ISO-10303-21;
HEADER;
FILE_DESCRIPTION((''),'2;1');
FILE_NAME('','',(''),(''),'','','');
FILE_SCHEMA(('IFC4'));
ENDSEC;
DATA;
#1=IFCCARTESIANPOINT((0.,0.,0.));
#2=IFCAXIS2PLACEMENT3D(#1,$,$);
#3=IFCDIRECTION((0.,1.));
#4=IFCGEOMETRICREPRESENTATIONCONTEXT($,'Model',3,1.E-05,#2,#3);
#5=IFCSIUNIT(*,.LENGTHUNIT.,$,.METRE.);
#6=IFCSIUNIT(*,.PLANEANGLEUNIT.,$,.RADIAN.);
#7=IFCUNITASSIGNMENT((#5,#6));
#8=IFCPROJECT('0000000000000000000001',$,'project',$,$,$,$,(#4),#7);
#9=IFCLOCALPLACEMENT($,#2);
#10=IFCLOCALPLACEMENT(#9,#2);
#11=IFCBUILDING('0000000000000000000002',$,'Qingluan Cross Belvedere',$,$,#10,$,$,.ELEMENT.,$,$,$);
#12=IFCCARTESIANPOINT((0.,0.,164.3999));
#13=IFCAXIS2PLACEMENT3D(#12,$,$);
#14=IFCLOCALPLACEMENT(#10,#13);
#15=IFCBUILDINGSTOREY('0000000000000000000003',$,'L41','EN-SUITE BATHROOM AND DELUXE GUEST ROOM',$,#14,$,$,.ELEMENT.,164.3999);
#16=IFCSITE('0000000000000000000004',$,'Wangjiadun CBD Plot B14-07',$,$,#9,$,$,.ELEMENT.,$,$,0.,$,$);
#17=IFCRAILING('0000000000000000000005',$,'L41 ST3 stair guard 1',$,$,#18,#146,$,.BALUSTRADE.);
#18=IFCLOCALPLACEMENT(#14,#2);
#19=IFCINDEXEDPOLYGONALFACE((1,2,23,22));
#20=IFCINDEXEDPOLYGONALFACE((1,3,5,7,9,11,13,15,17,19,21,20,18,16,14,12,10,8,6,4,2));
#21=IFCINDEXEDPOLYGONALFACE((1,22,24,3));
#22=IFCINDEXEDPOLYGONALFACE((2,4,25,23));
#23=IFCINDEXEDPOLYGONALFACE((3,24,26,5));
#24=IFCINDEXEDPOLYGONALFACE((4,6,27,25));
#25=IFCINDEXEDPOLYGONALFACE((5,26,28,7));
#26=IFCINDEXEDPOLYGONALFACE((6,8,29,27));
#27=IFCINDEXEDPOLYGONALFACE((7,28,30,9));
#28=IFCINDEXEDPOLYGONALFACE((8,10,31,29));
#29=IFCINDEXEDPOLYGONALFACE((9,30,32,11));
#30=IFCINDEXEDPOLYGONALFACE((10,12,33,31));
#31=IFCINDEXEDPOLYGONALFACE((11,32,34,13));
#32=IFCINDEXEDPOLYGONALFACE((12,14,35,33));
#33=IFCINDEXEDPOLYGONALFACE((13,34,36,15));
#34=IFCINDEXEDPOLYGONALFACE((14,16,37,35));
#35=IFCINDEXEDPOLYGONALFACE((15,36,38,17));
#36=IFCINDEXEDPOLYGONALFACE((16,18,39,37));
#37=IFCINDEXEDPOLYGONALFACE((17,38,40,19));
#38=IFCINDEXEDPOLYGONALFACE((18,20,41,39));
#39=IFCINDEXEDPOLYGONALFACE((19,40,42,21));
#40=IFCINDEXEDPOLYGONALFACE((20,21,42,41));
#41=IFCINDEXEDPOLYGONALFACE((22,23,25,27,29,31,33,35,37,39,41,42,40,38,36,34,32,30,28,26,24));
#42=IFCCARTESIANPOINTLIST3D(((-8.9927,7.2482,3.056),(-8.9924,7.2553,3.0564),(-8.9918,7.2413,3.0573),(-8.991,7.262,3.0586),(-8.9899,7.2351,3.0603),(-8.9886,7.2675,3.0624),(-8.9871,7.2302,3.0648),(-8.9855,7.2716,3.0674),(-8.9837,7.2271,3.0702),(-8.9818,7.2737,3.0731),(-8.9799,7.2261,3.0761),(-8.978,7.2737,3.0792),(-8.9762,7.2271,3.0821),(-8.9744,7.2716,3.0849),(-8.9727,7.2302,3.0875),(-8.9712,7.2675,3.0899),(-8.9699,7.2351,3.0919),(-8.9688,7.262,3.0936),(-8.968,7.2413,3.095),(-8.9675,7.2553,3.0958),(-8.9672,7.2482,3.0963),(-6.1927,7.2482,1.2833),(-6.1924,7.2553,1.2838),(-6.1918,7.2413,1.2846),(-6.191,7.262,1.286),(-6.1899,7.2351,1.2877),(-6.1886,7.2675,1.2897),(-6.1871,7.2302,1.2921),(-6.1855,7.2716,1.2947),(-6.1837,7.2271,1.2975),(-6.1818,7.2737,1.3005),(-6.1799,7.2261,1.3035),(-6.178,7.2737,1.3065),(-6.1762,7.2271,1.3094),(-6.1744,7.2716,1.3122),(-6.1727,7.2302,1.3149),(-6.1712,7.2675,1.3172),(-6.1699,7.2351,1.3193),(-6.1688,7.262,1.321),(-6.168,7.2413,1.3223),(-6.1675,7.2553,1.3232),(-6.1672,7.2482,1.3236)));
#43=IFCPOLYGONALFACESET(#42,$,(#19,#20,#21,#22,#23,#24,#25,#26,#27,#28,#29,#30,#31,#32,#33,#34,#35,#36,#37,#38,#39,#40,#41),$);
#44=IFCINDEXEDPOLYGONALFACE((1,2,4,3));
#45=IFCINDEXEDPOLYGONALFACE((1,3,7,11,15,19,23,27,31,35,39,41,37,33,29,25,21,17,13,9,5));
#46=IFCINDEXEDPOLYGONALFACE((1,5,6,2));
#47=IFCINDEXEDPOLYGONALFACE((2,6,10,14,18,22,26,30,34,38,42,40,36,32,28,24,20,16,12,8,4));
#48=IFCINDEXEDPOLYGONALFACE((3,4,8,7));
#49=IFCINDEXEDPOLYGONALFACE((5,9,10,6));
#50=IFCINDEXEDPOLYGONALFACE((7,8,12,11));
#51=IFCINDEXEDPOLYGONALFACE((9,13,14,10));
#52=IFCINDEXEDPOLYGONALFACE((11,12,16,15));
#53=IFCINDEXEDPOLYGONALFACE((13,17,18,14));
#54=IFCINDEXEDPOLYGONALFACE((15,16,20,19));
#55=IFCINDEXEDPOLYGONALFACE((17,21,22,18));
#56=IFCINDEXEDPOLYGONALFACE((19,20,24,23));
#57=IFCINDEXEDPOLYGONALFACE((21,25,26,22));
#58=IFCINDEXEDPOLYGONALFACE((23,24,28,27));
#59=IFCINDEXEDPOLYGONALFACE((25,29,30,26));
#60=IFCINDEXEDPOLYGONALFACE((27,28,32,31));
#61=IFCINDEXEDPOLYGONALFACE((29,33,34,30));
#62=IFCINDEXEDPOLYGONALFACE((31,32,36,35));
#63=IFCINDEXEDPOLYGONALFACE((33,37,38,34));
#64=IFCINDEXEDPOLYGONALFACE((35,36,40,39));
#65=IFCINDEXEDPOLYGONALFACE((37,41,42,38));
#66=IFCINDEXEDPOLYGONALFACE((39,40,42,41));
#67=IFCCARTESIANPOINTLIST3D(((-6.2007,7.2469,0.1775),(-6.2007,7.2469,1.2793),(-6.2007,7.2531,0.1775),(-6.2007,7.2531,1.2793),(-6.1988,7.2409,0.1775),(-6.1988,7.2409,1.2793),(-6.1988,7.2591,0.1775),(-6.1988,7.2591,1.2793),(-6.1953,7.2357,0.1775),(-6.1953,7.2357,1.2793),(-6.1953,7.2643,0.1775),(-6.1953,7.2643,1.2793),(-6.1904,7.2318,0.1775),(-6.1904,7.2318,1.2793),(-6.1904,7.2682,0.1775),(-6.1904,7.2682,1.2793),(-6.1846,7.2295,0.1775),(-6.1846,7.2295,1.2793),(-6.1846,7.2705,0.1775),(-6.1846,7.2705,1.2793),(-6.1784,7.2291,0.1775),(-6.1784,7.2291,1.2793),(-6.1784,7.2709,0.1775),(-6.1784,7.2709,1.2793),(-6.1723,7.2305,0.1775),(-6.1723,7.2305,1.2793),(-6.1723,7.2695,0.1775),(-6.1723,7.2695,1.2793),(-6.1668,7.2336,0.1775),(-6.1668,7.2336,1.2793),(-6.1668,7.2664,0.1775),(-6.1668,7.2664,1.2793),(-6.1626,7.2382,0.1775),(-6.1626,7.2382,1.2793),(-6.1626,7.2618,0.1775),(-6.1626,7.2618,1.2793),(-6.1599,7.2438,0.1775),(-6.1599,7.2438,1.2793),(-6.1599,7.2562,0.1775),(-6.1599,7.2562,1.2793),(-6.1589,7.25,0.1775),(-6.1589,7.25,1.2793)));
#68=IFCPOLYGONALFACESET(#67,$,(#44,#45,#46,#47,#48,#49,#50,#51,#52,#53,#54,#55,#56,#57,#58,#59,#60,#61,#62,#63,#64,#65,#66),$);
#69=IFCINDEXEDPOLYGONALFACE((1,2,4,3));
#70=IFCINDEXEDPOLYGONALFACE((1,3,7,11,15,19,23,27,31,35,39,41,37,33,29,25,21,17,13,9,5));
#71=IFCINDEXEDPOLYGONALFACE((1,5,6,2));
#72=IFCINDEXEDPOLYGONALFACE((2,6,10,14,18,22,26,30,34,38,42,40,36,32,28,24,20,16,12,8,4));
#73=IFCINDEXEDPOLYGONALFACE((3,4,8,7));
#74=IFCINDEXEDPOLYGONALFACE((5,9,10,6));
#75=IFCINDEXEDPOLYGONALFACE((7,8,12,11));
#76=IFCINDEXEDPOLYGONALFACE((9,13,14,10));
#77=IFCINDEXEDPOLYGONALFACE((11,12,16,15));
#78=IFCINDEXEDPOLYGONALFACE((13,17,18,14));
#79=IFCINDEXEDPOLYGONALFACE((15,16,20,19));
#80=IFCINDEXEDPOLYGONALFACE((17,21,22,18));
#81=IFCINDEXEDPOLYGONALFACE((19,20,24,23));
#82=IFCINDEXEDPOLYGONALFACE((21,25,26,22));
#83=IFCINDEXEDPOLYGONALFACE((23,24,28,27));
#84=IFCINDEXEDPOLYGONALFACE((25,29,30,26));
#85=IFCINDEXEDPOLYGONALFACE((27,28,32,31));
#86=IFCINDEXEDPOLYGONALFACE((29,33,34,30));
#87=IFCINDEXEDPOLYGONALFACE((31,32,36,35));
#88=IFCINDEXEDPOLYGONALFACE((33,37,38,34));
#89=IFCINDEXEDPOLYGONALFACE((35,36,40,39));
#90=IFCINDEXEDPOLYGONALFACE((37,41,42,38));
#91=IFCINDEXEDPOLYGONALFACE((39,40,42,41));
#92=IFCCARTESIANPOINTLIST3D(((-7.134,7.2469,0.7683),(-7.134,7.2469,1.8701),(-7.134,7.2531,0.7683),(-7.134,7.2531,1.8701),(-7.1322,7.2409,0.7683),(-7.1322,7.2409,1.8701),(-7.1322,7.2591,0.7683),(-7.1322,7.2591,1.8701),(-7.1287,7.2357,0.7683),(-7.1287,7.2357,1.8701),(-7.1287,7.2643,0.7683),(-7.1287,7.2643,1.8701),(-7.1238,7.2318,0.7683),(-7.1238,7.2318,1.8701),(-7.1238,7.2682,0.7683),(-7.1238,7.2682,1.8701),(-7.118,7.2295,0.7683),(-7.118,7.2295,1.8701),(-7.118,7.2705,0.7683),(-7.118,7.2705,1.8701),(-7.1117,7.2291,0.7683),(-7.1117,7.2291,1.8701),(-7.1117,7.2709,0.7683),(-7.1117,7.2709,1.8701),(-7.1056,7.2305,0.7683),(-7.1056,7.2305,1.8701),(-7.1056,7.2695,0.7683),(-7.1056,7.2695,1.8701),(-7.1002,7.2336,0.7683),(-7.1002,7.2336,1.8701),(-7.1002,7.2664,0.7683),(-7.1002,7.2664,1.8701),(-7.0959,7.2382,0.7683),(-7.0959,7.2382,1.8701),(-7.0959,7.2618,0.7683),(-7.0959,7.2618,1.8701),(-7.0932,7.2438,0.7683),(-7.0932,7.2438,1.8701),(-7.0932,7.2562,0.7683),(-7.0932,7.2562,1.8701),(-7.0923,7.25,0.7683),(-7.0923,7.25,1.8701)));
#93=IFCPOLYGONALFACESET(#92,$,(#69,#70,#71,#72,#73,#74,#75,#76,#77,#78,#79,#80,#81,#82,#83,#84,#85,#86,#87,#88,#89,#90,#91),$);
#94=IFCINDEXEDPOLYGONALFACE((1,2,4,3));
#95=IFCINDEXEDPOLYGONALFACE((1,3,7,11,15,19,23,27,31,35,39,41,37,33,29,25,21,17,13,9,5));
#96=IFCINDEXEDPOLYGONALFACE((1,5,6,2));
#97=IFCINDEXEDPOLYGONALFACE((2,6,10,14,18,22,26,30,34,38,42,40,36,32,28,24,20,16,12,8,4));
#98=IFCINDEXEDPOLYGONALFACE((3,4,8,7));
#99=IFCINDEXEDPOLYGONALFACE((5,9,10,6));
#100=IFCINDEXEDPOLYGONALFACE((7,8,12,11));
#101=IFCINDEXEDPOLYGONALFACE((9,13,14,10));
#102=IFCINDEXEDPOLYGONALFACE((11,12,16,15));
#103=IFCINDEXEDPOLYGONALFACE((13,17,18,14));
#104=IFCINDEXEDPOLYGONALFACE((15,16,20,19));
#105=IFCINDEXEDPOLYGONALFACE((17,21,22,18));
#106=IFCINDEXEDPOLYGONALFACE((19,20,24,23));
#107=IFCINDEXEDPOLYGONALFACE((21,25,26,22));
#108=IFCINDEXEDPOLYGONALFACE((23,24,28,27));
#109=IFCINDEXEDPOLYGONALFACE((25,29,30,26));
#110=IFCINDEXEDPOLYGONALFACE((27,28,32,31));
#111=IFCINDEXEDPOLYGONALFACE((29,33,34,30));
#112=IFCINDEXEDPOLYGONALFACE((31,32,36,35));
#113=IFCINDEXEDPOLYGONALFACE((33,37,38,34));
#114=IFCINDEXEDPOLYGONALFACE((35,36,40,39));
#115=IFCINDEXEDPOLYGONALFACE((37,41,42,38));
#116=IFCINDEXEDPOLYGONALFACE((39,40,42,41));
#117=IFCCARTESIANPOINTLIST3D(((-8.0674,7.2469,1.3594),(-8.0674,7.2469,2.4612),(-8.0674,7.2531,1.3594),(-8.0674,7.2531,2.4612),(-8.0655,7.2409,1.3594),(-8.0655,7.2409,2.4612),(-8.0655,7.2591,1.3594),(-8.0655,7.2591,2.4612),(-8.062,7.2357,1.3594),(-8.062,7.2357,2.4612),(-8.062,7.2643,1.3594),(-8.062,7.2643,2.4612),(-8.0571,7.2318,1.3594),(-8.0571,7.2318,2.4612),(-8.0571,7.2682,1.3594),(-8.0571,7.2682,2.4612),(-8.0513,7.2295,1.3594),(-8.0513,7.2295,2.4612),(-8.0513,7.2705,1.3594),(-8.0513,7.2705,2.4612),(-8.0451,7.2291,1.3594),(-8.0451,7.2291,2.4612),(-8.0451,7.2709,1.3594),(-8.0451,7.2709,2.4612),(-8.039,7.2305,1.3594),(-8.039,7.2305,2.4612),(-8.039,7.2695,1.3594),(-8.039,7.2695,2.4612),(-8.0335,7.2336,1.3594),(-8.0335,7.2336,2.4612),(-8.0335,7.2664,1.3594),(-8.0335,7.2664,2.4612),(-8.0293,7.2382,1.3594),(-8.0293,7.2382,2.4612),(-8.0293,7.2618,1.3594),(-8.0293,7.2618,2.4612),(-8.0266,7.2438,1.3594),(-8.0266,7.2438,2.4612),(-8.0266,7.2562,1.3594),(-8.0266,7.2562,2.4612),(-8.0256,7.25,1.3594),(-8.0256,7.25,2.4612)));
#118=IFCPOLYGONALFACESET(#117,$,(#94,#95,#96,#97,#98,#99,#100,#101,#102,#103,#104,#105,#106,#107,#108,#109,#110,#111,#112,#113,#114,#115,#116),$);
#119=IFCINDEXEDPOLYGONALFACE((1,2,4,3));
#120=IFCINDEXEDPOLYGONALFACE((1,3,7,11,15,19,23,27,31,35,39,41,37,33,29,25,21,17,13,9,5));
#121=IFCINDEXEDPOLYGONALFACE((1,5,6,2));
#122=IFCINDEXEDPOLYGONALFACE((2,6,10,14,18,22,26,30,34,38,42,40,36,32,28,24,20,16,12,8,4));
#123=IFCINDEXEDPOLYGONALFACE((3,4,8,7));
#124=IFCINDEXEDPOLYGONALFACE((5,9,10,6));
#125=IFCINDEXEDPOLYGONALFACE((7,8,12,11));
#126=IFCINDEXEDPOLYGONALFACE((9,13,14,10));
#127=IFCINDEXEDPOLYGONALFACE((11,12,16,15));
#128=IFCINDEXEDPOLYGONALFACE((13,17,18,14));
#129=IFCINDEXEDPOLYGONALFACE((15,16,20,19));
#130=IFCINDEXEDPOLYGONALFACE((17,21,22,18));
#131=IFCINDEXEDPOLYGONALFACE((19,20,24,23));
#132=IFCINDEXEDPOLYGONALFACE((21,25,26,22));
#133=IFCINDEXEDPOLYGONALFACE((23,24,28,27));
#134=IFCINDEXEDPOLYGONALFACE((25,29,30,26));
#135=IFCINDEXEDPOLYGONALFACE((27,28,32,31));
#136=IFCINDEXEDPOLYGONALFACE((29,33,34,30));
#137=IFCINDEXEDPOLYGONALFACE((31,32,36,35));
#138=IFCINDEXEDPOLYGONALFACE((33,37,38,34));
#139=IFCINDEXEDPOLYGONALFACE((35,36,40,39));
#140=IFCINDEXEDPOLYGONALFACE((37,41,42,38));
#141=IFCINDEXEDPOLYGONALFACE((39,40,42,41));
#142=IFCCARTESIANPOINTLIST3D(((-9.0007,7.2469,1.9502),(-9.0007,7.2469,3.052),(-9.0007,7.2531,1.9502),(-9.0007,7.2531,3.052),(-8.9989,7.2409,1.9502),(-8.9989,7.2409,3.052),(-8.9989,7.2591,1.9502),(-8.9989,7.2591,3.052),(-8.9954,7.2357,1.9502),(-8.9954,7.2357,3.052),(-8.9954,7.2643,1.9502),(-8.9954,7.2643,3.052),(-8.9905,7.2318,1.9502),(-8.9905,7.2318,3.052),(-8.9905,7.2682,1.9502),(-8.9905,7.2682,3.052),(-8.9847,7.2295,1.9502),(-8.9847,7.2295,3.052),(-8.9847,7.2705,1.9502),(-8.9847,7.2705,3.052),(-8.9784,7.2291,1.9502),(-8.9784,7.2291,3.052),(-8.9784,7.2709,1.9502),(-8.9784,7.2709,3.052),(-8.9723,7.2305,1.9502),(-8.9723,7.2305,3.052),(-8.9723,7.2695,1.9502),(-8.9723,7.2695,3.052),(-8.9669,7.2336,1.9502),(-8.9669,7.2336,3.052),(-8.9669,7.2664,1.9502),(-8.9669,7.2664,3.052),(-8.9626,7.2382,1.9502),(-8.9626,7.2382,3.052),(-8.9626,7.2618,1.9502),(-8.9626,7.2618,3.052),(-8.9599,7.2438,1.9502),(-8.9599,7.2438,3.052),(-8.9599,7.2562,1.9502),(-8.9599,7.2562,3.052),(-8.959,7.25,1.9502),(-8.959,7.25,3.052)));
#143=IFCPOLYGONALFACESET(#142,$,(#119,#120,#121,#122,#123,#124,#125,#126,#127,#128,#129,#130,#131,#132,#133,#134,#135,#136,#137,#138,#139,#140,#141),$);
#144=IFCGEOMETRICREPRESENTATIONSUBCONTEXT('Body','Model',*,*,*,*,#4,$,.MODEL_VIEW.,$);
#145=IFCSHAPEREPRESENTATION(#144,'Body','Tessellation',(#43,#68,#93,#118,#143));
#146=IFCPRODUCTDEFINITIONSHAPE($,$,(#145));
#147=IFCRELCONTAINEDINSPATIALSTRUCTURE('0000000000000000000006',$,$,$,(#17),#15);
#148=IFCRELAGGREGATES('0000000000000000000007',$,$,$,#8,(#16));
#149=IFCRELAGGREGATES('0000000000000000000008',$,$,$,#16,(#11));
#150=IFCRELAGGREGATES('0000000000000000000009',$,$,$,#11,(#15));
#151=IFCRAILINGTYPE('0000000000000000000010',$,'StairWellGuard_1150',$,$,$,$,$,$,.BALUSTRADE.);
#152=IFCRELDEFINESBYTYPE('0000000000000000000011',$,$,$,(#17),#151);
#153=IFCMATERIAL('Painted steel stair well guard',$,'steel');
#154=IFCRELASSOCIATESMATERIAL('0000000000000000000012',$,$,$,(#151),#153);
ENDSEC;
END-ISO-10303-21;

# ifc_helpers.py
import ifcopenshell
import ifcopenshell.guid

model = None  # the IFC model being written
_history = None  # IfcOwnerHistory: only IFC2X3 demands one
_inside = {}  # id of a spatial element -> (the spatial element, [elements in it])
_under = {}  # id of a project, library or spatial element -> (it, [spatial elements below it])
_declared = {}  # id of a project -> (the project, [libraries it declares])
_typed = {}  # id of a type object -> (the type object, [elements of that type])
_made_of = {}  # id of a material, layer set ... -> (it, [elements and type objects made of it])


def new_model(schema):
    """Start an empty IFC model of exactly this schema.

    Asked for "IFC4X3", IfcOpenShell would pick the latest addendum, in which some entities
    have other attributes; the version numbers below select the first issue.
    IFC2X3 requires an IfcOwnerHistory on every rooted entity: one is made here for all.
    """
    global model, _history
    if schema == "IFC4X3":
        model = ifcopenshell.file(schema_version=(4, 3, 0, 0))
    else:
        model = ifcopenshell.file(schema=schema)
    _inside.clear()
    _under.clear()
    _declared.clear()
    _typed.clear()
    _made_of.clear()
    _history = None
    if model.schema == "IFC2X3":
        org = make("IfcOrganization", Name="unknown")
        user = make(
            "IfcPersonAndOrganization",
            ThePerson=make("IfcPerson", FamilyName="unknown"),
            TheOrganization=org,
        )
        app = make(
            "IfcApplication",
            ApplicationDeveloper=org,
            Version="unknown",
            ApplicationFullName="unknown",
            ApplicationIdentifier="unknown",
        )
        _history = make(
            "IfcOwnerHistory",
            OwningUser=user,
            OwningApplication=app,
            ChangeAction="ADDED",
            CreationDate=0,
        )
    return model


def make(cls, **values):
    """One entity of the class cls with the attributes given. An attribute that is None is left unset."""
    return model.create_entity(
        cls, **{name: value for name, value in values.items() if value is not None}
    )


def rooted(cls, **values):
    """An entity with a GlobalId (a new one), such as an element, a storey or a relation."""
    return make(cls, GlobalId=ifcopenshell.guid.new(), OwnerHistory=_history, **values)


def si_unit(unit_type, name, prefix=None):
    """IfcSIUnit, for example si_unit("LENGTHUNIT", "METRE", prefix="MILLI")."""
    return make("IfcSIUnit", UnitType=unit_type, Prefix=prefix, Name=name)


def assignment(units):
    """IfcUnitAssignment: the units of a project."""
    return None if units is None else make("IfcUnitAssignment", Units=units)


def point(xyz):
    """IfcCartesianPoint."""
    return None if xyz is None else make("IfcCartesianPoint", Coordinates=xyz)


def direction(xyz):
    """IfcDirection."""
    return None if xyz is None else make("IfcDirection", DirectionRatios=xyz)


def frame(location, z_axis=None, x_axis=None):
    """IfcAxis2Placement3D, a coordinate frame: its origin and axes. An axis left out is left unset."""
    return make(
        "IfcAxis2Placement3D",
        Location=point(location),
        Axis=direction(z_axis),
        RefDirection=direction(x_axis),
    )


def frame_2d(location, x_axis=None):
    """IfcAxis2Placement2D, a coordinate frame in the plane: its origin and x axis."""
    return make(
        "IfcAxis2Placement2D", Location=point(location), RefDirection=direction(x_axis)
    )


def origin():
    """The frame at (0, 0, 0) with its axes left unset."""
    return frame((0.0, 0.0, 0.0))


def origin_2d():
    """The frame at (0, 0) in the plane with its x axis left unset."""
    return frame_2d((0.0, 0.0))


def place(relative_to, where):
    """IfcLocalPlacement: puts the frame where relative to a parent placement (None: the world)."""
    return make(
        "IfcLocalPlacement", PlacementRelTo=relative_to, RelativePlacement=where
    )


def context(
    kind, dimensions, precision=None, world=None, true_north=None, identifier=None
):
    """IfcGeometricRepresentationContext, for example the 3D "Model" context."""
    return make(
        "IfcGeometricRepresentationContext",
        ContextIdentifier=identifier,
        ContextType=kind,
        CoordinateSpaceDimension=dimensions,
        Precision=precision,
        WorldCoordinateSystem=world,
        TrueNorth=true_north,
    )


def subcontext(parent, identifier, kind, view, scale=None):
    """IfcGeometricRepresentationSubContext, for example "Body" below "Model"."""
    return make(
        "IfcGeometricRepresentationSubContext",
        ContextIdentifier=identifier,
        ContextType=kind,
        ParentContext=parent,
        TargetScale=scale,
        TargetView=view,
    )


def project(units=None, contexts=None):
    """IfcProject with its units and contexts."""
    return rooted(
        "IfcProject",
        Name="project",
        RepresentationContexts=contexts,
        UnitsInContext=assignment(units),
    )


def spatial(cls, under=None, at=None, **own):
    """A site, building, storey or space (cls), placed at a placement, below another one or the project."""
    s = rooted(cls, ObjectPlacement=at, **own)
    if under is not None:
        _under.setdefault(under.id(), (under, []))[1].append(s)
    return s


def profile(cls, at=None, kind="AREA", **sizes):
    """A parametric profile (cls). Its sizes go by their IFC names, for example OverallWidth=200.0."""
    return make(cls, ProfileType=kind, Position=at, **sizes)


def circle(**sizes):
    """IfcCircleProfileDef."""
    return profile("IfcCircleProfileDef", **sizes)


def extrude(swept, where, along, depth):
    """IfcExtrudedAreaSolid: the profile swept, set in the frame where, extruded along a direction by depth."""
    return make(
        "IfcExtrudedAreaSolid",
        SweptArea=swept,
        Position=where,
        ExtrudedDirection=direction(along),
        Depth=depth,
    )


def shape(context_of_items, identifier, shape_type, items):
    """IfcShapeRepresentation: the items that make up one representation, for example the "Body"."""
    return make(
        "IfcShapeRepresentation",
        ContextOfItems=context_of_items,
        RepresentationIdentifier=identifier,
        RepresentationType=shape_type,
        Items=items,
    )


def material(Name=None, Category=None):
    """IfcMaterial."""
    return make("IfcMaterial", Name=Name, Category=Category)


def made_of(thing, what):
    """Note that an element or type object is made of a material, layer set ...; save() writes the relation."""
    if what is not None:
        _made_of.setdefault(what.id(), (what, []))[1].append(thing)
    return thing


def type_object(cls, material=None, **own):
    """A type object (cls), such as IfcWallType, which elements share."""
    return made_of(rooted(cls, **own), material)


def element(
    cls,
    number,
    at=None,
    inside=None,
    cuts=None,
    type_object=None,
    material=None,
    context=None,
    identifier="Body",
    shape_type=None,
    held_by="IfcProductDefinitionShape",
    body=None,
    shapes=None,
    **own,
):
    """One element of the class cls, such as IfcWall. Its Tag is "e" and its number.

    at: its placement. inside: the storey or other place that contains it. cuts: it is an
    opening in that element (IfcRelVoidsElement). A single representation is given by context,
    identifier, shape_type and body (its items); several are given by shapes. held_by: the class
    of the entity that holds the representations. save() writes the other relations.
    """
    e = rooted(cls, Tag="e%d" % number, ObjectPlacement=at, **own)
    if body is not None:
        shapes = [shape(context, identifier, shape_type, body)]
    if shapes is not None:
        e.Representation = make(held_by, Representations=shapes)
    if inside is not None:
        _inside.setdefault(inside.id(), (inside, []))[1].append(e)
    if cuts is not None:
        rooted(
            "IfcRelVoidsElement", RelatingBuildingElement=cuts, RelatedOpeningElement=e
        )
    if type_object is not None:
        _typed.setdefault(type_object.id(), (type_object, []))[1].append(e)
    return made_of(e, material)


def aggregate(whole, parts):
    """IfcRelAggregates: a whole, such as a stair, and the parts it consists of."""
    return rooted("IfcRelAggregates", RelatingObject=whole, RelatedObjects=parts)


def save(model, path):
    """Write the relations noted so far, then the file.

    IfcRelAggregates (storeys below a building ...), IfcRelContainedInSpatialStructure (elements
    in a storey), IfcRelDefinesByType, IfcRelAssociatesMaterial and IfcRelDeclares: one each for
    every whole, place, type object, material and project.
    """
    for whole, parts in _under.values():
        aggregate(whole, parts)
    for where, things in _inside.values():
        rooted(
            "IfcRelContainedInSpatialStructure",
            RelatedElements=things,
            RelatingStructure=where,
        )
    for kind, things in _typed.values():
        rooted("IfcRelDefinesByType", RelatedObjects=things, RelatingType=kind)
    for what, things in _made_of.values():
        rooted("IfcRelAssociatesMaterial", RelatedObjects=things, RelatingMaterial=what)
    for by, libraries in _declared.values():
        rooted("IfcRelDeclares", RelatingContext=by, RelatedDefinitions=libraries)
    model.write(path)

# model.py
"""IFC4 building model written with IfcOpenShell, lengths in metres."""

from ifc_helpers import new_model, si_unit, direction, frame, origin, origin_2d, place, context, subcontext, project, spatial, circle, extrude, material, type_object, element, save


model = new_model("IFC4")

# Units and contexts
model_context = context("Model", 3, precision=1e-05, world=origin(), true_north=direction((0.0, 1.0)))
body_context = subcontext(model_context, "Body", "Model", "MODEL_VIEW")
ifc_project = project(units=[si_unit("LENGTHUNIT", "METRE"), si_unit("PLANEANGLEUNIT", "RADIAN")], contexts=[model_context])

# Site, building, storey
site_placement = place(None, origin())
site = spatial("IfcSite", under=ifc_project, at=site_placement, Name="Wangjiadun CBD Plot B14-07", CompositionType="ELEMENT", RefElevation=0.0)
building_placement = place(site_placement, origin())
building = spatial("IfcBuilding", under=site, at=building_placement, Name="Qingluan Cross Belvedere", CompositionType="ELEMENT")
storey_placement = place(building_placement, frame((0.0, 0.0, 164.3999)))
storey = spatial("IfcBuildingStorey", under=building, at=storey_placement, Name="L41", Description="EN-SUITE BATHROOM AND DELUXE GUEST ROOM", CompositionType="ELEMENT", Elevation=164.3999)

# Railing
ifc_material_1 = material(Name="Painted steel stair well guard", Category="steel")
railing_type_1 = type_object("IfcRailingType", Name="StairWellGuard_1150", PredefinedType="BALUSTRADE", material=ifc_material_1)
railing_1_placement = place(storey_placement, frame((-6.1799, 7.25, 0.1775)))
element("IfcRailing", 1, at=railing_1_placement, inside=storey, type_object=railing_type_1, Name="L41 ST3 stair guard 1", PredefinedType="BALUSTRADE", context=body_context, shape_type="SweptSolid", body=[
    extrude(circle(Radius=0.0239, at=origin_2d()), frame((0.0, 0.0, 1.126), z_axis=(-0.844909, 0.0, 0.53491), x_axis=(0.0, -1.0, 0.0)), (0.0, 0.0, 1.0), 3.314),
    extrude(circle(Radius=0.021, at=origin_2d()), origin(), (0.0, 0.0, 1.0), 1.1018),
    extrude(circle(Radius=0.021, at=origin_2d()), frame((-0.9333, 0.0, 0.5908)), (0.0, 0.0, 1.0), 1.1018),
    extrude(circle(Radius=0.021, at=origin_2d()), frame((-1.8667, 0.0, 1.1819)), (0.0, 0.0, 1.0), 1.1018),
    extrude(circle(Radius=0.021, at=origin_2d()), frame((-2.8, 0.0, 1.7727)), (0.0, 0.0, 1.0), 1.1018),
])

save(model, "model.ifc")
